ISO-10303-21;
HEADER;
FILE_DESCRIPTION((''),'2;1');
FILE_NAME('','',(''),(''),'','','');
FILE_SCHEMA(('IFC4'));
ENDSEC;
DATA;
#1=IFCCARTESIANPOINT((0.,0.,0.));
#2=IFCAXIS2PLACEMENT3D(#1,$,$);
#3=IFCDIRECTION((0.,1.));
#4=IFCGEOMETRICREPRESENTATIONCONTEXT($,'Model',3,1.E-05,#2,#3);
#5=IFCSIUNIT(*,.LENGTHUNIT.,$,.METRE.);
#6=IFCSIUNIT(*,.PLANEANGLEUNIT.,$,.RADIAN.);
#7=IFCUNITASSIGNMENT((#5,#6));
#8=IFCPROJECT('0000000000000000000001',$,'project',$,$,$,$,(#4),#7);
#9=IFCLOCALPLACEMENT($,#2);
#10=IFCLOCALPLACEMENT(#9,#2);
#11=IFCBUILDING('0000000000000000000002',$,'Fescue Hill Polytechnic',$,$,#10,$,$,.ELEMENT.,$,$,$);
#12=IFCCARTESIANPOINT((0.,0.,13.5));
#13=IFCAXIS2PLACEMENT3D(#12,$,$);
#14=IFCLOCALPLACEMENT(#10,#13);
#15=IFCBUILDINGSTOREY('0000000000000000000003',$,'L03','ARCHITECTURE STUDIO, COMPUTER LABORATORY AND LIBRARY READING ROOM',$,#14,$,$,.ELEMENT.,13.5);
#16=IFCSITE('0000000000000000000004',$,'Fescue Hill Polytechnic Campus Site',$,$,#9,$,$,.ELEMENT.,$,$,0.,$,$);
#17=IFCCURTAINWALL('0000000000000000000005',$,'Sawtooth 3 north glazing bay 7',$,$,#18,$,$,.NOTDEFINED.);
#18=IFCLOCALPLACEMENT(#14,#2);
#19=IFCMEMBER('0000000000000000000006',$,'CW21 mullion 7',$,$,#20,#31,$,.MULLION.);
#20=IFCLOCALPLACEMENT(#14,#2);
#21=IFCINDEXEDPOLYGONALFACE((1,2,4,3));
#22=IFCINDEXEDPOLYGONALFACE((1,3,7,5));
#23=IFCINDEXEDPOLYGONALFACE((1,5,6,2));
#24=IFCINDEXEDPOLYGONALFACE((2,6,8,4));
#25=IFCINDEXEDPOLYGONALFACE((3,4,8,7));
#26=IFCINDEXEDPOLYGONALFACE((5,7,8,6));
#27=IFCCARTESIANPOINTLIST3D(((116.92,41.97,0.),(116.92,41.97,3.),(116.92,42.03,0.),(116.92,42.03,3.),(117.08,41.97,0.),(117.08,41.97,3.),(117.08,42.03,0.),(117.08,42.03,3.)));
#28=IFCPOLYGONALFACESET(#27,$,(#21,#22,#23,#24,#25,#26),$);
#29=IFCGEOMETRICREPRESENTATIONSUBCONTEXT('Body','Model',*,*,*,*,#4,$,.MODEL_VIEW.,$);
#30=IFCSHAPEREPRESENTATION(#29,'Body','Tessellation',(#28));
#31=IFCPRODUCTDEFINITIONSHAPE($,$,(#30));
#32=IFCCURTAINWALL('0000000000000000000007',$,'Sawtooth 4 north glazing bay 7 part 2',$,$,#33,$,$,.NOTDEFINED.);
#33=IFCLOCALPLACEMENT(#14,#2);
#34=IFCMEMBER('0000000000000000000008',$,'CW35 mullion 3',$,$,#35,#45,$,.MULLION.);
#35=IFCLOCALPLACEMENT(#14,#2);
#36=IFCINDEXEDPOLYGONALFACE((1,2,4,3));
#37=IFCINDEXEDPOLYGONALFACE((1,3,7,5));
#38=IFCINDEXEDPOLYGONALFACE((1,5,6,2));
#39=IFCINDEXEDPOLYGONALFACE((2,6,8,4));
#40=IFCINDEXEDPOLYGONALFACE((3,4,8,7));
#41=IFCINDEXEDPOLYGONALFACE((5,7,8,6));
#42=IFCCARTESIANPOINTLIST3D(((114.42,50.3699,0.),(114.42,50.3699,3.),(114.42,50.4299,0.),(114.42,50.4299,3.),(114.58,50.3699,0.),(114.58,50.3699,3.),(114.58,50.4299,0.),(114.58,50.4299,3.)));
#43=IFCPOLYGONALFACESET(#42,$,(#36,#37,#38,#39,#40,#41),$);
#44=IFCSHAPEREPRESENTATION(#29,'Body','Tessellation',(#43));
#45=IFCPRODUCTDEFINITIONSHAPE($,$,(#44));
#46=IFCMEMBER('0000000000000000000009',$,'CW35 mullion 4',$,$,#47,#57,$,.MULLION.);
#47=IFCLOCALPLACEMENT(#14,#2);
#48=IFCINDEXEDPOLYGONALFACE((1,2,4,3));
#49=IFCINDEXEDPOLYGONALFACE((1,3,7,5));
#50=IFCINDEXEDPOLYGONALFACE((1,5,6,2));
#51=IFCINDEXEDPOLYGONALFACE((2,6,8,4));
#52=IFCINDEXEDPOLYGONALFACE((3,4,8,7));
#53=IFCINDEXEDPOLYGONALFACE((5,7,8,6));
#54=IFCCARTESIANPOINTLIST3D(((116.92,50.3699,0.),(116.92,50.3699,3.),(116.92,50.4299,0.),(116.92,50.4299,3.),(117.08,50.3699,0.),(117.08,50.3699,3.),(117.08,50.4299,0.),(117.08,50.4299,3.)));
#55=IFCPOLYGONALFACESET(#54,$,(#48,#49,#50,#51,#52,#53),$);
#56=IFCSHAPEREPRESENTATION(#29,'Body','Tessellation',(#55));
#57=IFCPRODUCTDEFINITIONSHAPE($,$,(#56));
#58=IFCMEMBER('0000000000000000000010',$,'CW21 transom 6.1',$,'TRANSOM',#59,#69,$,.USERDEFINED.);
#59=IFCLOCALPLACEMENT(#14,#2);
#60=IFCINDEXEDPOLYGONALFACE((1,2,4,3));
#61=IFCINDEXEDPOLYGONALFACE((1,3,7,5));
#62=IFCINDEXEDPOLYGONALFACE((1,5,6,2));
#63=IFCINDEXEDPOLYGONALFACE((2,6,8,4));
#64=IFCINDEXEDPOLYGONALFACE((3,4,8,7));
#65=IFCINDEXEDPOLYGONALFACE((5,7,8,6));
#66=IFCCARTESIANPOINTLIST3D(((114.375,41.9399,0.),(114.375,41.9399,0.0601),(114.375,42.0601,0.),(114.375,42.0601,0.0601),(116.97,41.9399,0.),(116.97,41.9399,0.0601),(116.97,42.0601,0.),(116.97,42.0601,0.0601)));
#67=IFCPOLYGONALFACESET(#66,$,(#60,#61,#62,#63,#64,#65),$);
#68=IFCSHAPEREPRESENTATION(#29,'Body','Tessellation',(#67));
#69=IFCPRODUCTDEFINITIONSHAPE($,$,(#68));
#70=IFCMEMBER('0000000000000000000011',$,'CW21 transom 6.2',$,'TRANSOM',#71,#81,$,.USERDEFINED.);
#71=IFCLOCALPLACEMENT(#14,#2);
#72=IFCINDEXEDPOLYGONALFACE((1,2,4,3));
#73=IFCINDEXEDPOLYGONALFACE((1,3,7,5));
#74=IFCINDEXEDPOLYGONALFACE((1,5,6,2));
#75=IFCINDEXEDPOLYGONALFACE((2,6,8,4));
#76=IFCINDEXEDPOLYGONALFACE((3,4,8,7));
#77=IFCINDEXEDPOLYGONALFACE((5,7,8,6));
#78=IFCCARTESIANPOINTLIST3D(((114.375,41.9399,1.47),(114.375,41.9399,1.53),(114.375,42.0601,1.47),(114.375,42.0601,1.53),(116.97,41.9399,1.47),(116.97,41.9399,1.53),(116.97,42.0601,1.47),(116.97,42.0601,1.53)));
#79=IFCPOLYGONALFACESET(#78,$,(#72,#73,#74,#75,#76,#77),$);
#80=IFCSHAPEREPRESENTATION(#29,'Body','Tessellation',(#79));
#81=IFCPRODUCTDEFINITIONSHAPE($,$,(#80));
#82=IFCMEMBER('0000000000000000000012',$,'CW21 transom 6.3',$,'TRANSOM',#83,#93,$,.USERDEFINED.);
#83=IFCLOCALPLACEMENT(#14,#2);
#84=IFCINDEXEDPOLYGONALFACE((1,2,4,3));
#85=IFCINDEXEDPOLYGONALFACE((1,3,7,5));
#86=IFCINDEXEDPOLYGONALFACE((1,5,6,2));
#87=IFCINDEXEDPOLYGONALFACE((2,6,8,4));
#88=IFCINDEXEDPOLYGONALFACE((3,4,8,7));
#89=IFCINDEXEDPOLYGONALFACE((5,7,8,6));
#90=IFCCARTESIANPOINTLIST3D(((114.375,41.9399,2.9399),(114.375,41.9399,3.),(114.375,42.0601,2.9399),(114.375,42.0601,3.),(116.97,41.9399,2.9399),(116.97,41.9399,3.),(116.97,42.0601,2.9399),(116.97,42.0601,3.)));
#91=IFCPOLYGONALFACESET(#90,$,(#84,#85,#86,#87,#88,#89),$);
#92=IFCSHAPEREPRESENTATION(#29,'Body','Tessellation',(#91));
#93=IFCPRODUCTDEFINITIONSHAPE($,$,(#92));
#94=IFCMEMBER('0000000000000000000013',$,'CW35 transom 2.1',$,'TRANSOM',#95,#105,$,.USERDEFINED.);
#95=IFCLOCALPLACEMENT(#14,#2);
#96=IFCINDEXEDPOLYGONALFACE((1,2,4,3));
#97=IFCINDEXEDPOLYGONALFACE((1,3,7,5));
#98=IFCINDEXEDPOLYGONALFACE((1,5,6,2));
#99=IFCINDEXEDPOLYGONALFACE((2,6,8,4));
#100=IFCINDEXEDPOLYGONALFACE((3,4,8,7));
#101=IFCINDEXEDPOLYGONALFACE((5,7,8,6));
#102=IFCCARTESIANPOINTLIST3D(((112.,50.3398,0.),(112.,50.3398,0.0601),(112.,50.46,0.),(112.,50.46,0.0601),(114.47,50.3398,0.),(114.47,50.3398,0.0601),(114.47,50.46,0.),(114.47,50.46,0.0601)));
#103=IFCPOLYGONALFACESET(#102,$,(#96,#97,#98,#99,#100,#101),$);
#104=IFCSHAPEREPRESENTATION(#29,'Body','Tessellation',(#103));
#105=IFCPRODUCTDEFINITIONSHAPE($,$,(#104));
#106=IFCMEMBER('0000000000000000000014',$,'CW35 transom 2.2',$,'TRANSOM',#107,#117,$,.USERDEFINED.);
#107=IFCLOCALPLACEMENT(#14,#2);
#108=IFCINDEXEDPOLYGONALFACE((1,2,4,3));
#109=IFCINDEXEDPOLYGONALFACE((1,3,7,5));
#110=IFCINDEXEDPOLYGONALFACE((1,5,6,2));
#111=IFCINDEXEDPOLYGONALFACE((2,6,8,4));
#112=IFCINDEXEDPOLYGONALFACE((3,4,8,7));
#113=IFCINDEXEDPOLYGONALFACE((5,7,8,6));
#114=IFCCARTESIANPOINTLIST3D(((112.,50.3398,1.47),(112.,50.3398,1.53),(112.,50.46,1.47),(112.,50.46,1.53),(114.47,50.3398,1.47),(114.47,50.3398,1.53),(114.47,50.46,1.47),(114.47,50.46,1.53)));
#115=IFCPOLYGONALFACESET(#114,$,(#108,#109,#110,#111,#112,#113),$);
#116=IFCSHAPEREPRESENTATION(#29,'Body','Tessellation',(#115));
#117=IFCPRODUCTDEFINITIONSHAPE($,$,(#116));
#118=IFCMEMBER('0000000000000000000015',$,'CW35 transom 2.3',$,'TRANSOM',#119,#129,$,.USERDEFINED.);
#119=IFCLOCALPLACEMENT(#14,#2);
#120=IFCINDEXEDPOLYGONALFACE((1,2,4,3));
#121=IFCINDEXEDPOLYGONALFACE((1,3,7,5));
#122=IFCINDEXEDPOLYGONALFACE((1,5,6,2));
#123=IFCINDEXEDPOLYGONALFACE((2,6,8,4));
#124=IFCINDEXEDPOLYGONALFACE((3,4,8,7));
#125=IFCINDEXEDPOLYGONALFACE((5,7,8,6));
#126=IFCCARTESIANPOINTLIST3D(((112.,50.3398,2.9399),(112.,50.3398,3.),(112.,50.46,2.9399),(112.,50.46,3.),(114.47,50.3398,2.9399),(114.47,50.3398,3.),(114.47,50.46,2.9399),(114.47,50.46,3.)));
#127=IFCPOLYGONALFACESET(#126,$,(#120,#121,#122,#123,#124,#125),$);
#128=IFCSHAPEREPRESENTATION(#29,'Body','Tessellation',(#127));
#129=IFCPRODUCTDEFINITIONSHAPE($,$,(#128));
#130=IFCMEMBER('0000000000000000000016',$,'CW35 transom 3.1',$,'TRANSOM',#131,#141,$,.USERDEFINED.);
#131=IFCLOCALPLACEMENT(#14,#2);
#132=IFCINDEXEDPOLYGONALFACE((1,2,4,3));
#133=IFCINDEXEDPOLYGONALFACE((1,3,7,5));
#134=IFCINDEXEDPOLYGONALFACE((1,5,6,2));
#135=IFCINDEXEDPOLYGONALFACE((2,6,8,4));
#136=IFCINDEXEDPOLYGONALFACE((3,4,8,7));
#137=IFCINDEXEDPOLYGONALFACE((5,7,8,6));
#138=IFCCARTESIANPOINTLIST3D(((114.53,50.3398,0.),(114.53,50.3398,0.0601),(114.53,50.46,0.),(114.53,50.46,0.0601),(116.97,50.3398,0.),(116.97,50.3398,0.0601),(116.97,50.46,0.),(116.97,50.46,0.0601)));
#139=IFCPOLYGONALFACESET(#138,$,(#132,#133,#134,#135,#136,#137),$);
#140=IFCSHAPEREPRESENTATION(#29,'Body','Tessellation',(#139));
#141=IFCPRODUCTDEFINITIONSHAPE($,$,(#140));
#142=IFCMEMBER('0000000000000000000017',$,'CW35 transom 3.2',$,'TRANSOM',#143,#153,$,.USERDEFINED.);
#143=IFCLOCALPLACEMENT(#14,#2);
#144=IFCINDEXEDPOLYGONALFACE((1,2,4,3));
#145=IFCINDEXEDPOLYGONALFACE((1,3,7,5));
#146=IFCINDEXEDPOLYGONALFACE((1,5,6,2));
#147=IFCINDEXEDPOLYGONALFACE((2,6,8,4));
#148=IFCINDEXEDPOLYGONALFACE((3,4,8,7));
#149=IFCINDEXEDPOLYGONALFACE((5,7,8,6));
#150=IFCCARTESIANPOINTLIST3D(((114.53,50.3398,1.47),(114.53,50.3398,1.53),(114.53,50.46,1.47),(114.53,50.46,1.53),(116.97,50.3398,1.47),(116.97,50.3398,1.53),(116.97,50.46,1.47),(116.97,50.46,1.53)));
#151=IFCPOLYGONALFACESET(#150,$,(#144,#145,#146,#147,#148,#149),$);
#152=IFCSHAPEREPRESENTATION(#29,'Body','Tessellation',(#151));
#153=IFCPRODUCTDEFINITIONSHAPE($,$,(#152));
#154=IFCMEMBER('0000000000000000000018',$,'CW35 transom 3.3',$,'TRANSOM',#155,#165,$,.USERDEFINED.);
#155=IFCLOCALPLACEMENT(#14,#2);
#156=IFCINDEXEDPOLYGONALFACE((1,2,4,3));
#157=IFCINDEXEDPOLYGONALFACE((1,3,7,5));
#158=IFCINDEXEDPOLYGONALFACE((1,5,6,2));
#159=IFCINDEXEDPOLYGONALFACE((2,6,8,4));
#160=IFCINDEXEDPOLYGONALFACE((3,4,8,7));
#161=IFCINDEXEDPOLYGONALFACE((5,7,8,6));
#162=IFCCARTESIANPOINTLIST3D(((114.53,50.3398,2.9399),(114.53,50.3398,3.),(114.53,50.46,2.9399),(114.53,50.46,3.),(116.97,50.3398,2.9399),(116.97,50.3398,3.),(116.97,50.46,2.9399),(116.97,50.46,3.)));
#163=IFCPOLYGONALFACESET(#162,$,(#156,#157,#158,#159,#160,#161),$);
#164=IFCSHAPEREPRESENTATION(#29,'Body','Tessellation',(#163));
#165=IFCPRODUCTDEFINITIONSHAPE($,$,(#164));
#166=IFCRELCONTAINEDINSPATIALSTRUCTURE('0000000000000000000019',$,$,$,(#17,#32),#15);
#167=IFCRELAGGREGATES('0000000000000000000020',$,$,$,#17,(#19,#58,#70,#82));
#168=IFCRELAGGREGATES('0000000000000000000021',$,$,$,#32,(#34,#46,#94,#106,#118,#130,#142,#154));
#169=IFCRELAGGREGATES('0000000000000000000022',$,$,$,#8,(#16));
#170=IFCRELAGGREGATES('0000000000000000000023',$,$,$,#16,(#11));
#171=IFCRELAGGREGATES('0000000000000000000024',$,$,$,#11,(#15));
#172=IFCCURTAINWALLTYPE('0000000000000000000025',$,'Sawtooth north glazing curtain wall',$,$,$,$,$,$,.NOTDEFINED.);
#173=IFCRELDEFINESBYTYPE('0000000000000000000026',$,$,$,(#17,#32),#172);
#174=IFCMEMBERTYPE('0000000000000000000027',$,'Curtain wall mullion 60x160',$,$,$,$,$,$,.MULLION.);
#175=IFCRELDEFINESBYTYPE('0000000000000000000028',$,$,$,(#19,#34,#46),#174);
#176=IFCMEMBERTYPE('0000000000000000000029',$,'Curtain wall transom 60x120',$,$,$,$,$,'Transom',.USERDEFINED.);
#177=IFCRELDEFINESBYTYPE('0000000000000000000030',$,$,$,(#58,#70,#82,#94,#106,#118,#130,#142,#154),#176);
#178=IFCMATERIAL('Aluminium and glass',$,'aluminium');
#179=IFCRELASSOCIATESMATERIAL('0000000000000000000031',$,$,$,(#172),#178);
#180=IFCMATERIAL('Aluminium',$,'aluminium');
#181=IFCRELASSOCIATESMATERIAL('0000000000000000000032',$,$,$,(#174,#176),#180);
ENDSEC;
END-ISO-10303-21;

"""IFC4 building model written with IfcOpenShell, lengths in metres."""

from ifc_helpers import new_model, si_unit, direction, frame, origin, origin_2d, place, context, subcontext, project, spatial, rectangle, extrude, material, material_profile, profile_set, type_object, element, aggregate, save


model = new_model("IFC4")

# Units and contexts
model_context = context("Model", 3, precision=1e-05, world=origin(), true_north=direction((0.0, 1.0)))
body_context = subcontext(model_context, "Body", "Model", "MODEL_VIEW")
ifc_project = project(units=[si_unit("LENGTHUNIT", "METRE"), si_unit("PLANEANGLEUNIT", "RADIAN")], contexts=[model_context])

# Site, building, storey
site_placement = place(None, origin())
site = spatial("IfcSite", under=ifc_project, at=site_placement, Name="Fescue Hill Polytechnic Campus Site", CompositionType="ELEMENT", RefElevation=0.0)
building_placement = place(site_placement, origin())
building = spatial("IfcBuilding", under=site, at=building_placement, Name="Fescue Hill Polytechnic", CompositionType="ELEMENT")
storey_placement = place(building_placement, frame((0.0, 0.0, 13.5)))
storey = spatial("IfcBuildingStorey", under=building, at=storey_placement, Name="L03", Description="ARCHITECTURE STUDIO, COMPUTER LABORATORY AND LIBRARY READING ROOM", CompositionType="ELEMENT", Elevation=13.5)

# Curtain wall, member
ifc_material_1 = material(Name="Aluminium and glass", Category="aluminium")
curtain_wall_type = type_object("IfcCurtainWallType", Name="Sawtooth north glazing curtain wall", PredefinedType="NOTDEFINED", material=ifc_material_1)
curtain_wall_1_placement = place(storey_placement, origin())
curtain_wall_1 = element("IfcCurtainWall", 1, at=curtain_wall_1_placement, inside=storey, type_object=curtain_wall_type, Name="Sawtooth 3 north glazing bay 7", PredefinedType="NOTDEFINED")
ifc_material_2 = material(Name="Aluminium", Category="aluminium")
ifc_material_profile_1 = material_profile(ifc_material_2, rectangle(XDim=0.0601, YDim=0.1599, at=origin_2d()), Name="Curtain wall mullion 60x160")
ifc_profile_set_1 = profile_set([ifc_material_profile_1], Name="Aluminium")
member_type_1 = type_object("IfcMemberType", Name="Curtain wall mullion 60x160", PredefinedType="MULLION", material=ifc_profile_set_1)
member_1_placement = place(storey_placement, frame((117.0, 42.0, 0.0), z_axis=(0.0, 0.0, 1.0), x_axis=(0.0, 1.0, 0.0)))
member_1 = element("IfcMember", 2, at=member_1_placement, type_object=member_type_1, Name="CW21 mullion 7", PredefinedType="MULLION", context=body_context, shape_type="SweptSolid", body=[
    extrude(rectangle(XDim=0.0601, YDim=0.1599, at=origin_2d()), origin(), (0.0, 0.0, 1.0), 3.0),
])

# Curtain wall, members
curtain_wall_2_placement = place(storey_placement, origin())
curtain_wall_2 = element("IfcCurtainWall", 3, at=curtain_wall_2_placement, inside=storey, type_object=curtain_wall_type, Name="Sawtooth 4 north glazing bay 7 part 2", PredefinedType="NOTDEFINED")
member_2_placement = place(storey_placement, frame((114.5, 50.3999, 0.0), z_axis=(0.0, 0.0, 1.0), x_axis=(0.0, 1.0, 0.0)))
member_2 = element("IfcMember", 4, at=member_2_placement, type_object=member_type_1, Name="CW35 mullion 3", PredefinedType="MULLION", context=body_context, shape_type="SweptSolid", body=[
    extrude(rectangle(XDim=0.0601, YDim=0.1599, at=origin_2d()), origin(), (0.0, 0.0, 1.0), 3.0),
])
member_3_placement = place(storey_placement, frame((117.0, 50.3999, 0.0), z_axis=(0.0, 0.0, 1.0), x_axis=(0.0, 1.0, 0.0)))
member_3 = element("IfcMember", 5, at=member_3_placement, type_object=member_type_1, Name="CW35 mullion 4", PredefinedType="MULLION", context=body_context, shape_type="SweptSolid", body=[
    extrude(rectangle(XDim=0.0601, YDim=0.1599, at=origin_2d()), origin(), (0.0, 0.0, 1.0), 3.0),
])

# Members
ifc_material_profile_2 = material_profile(ifc_material_2, rectangle(XDim=0.1201, YDim=0.0601, at=origin_2d()), Name="Curtain wall transom 60x120")
ifc_profile_set_2 = profile_set([ifc_material_profile_2], Name="Aluminium")
member_type_2 = type_object("IfcMemberType", Name="Curtain wall transom 60x120", ElementType="Transom", PredefinedType="USERDEFINED", material=ifc_profile_set_2)
member_4_placement = place(storey_placement, frame((114.375, 42.0, 0.03), z_axis=(1.0, 0.0, 0.0), x_axis=(0.0, 1.0, 0.0)))
member_4 = element("IfcMember", 6, at=member_4_placement, type_object=member_type_2, Name="CW21 transom 6.1", ObjectType="TRANSOM", PredefinedType="USERDEFINED", context=body_context, shape_type="SweptSolid", body=[
    extrude(rectangle(XDim=0.1201, YDim=0.0601, at=origin_2d()), origin(), (0.0, 0.0, 1.0), 2.595),
])
member_5_placement = place(storey_placement, frame((114.375, 42.0, 1.5), z_axis=(1.0, 0.0, 0.0), x_axis=(0.0, 1.0, 0.0)))
member_5 = element("IfcMember", 7, at=member_5_placement, type_object=member_type_2, Name="CW21 transom 6.2", ObjectType="TRANSOM", PredefinedType="USERDEFINED", context=body_context, shape_type="SweptSolid", body=[
    extrude(rectangle(XDim=0.1201, YDim=0.0601, at=origin_2d()), origin(), (0.0, 0.0, 1.0), 2.595),
])
member_6_placement = place(storey_placement, frame((114.375, 42.0, 2.97), z_axis=(1.0, 0.0, 0.0), x_axis=(0.0, 1.0, 0.0)))
member_6 = element("IfcMember", 8, at=member_6_placement, type_object=member_type_2, Name="CW21 transom 6.3", ObjectType="TRANSOM", PredefinedType="USERDEFINED", context=body_context, shape_type="SweptSolid", body=[
    extrude(rectangle(XDim=0.1201, YDim=0.0601, at=origin_2d()), origin(), (0.0, 0.0, 1.0), 2.595),
])
member_7_placement = place(storey_placement, frame((112.0, 50.3999, 0.03), z_axis=(1.0, 0.0, 0.0), x_axis=(0.0, 1.0, 0.0)))
member_7 = element("IfcMember", 9, at=member_7_placement, type_object=member_type_2, Name="CW35 transom 2.1", ObjectType="TRANSOM", PredefinedType="USERDEFINED", context=body_context, shape_type="SweptSolid", body=[
    extrude(rectangle(XDim=0.1201, YDim=0.0601, at=origin_2d()), origin(), (0.0, 0.0, 1.0), 2.47),
])
member_8_placement = place(storey_placement, frame((112.0, 50.3999, 1.5), z_axis=(1.0, 0.0, 0.0), x_axis=(0.0, 1.0, 0.0)))
member_8 = element("IfcMember", 10, at=member_8_placement, type_object=member_type_2, Name="CW35 transom 2.2", ObjectType="TRANSOM", PredefinedType="USERDEFINED", context=body_context, shape_type="SweptSolid", body=[
    extrude(rectangle(XDim=0.1201, YDim=0.0601, at=origin_2d()), origin(), (0.0, 0.0, 1.0), 2.47),
])
member_9_placement = place(storey_placement, frame((112.0, 50.3999, 2.97), z_axis=(1.0, 0.0, 0.0), x_axis=(0.0, 1.0, 0.0)))
member_9 = element("IfcMember", 11, at=member_9_placement, type_object=member_type_2, Name="CW35 transom 2.3", ObjectType="TRANSOM", PredefinedType="USERDEFINED", context=body_context, shape_type="SweptSolid", body=[
    extrude(rectangle(XDim=0.1201, YDim=0.0601, at=origin_2d()), origin(), (0.0, 0.0, 1.0), 2.47),
])
member_10_placement = place(storey_placement, frame((114.53, 50.3999, 0.03), z_axis=(1.0, 0.0, 0.0), x_axis=(0.0, 1.0, 0.0)))
member_10 = element("IfcMember", 12, at=member_10_placement, type_object=member_type_2, Name="CW35 transom 3.1", ObjectType="TRANSOM", PredefinedType="USERDEFINED", context=body_context, shape_type="SweptSolid", body=[
    extrude(rectangle(XDim=0.1201, YDim=0.0601, at=origin_2d()), origin(), (0.0, 0.0, 1.0), 2.4399),
])
member_11_placement = place(storey_placement, frame((114.53, 50.3999, 1.5), z_axis=(1.0, 0.0, 0.0), x_axis=(0.0, 1.0, 0.0)))
member_11 = element("IfcMember", 13, at=member_11_placement, type_object=member_type_2, Name="CW35 transom 3.2", ObjectType="TRANSOM", PredefinedType="USERDEFINED", context=body_context, shape_type="SweptSolid", body=[
    extrude(rectangle(XDim=0.1201, YDim=0.0601, at=origin_2d()), origin(), (0.0, 0.0, 1.0), 2.4399),
])
member_12_placement = place(storey_placement, frame((114.53, 50.3999, 2.97), z_axis=(1.0, 0.0, 0.0), x_axis=(0.0, 1.0, 0.0)))
member_12 = element("IfcMember", 14, at=member_12_placement, type_object=member_type_2, Name="CW35 transom 3.3", ObjectType="TRANSOM", PredefinedType="USERDEFINED", context=body_context, shape_type="SweptSolid", body=[
    extrude(rectangle(XDim=0.1201, YDim=0.0601, at=origin_2d()), origin(), (0.0, 0.0, 1.0), 2.4399),
])

aggregate(curtain_wall_1, [member_1, member_4, member_5, member_6])
aggregate(curtain_wall_2, [member_2, member_3, member_7, member_8, member_9, member_10, member_11, member_12])

save(model, "model.ifc")
